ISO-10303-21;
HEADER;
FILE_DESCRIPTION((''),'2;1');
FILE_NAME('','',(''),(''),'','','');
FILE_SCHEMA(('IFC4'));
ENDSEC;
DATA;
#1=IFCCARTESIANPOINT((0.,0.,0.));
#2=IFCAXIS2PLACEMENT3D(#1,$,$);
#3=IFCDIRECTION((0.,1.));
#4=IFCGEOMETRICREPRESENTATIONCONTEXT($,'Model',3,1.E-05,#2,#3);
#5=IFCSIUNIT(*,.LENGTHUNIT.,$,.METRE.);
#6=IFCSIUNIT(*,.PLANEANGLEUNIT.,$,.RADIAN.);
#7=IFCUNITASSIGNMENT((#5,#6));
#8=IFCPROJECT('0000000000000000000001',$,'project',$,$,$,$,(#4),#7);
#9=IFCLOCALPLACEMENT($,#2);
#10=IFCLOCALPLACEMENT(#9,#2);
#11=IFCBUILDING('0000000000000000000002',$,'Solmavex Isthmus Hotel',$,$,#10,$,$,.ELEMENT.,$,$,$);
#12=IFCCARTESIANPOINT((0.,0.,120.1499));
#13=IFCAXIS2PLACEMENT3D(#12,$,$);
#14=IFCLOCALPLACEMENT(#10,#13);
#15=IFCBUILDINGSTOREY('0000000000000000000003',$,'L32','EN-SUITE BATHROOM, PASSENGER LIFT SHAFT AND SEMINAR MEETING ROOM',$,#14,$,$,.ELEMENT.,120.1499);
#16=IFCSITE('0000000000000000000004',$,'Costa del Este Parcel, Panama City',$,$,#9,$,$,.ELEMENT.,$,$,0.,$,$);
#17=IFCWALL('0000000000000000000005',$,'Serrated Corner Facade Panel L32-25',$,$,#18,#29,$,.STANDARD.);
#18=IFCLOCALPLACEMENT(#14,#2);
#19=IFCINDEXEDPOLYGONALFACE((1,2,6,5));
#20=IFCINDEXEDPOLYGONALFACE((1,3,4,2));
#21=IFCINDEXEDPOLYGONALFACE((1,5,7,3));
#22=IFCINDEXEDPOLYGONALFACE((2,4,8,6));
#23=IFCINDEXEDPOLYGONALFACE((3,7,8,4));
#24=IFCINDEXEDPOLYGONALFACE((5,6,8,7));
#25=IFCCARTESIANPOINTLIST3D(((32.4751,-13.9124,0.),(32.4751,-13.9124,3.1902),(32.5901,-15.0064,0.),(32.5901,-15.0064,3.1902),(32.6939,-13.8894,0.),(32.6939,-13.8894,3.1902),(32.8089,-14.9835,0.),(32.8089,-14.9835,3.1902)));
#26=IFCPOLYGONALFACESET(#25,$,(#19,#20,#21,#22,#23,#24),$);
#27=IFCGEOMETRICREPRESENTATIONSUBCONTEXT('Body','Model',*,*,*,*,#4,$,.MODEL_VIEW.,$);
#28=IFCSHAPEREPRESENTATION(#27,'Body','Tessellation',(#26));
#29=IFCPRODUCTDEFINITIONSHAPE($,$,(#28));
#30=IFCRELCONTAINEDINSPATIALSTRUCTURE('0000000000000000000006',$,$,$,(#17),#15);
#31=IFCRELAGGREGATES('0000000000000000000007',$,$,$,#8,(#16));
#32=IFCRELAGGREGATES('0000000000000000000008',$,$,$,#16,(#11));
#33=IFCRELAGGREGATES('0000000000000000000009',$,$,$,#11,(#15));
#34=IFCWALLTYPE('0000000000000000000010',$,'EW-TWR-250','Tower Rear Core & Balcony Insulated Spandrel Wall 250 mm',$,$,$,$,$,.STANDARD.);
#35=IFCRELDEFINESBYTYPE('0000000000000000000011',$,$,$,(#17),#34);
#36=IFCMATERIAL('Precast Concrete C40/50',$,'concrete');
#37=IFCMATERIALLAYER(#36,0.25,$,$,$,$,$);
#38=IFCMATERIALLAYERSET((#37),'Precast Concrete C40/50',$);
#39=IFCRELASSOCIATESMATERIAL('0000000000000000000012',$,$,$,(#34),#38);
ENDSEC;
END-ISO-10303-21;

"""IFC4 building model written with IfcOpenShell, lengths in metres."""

from ifc_helpers import new_model, si_unit, direction, frame, frame_2d, origin, place, context, subcontext, project, spatial, rectangle, extrude, material, layer, layer_set, type_object, element, save


model = new_model("IFC4")

# Units and contexts
model_context = context("Model", 3, precision=1e-05, world=origin(), true_north=direction((0.0, 1.0)))
body_context = subcontext(model_context, "Body", "Model", "MODEL_VIEW")
ifc_project = project(units=[si_unit("LENGTHUNIT", "METRE"), si_unit("PLANEANGLEUNIT", "RADIAN")], contexts=[model_context])

# Site, building, storey
site_placement = place(None, origin())
site = spatial("IfcSite", under=ifc_project, at=site_placement, Name="Costa del Este Parcel, Panama City", CompositionType="ELEMENT", RefElevation=0.0)
building_placement = place(site_placement, origin())
building = spatial("IfcBuilding", under=site, at=building_placement, Name="Solmavex Isthmus Hotel", CompositionType="ELEMENT")
storey_placement = place(building_placement, frame((0.0, 0.0, 120.1499)))
storey = spatial("IfcBuildingStorey", under=building, at=storey_placement, Name="L32", Description="EN-SUITE BATHROOM, PASSENGER LIFT SHAFT AND SEMINAR MEETING ROOM", CompositionType="ELEMENT", Elevation=120.1499)

# Wall
ifc_material_1 = material(Name="Precast Concrete C40/50", Category="concrete")
ifc_layer_1 = layer(ifc_material_1, 0.25)
ifc_layer_set_1 = layer_set([ifc_layer_1], Name="Precast Concrete C40/50")
wall_type = type_object("IfcWallType", Name="EW-TWR-250", Description="Tower Rear Core & Balcony Insulated Spandrel Wall 250 mm", PredefinedType="STANDARD", material=ifc_layer_set_1)
for number, where, z_axis, x_axis, name in (
    (1, (32.5845, -13.9009, 0.0), (0.0, 0.0, 1.0), (0.104535, -0.994521, 0.0), "Serrated Corner Facade Panel L32-25"),
):
    element("IfcWall", number, at=place(storey_placement, frame(where, z_axis=z_axis, x_axis=x_axis)), inside=storey, type_object=wall_type, Name=name, PredefinedType="STANDARD", context=body_context, shape_type="SweptSolid", body=[
        extrude(rectangle(XDim=1.1001, YDim=0.22, at=frame_2d((0.55, 0.0))), origin(), (0.0, 0.0, 1.0), 3.1902),
    ])

save(model, "model.ifc")
